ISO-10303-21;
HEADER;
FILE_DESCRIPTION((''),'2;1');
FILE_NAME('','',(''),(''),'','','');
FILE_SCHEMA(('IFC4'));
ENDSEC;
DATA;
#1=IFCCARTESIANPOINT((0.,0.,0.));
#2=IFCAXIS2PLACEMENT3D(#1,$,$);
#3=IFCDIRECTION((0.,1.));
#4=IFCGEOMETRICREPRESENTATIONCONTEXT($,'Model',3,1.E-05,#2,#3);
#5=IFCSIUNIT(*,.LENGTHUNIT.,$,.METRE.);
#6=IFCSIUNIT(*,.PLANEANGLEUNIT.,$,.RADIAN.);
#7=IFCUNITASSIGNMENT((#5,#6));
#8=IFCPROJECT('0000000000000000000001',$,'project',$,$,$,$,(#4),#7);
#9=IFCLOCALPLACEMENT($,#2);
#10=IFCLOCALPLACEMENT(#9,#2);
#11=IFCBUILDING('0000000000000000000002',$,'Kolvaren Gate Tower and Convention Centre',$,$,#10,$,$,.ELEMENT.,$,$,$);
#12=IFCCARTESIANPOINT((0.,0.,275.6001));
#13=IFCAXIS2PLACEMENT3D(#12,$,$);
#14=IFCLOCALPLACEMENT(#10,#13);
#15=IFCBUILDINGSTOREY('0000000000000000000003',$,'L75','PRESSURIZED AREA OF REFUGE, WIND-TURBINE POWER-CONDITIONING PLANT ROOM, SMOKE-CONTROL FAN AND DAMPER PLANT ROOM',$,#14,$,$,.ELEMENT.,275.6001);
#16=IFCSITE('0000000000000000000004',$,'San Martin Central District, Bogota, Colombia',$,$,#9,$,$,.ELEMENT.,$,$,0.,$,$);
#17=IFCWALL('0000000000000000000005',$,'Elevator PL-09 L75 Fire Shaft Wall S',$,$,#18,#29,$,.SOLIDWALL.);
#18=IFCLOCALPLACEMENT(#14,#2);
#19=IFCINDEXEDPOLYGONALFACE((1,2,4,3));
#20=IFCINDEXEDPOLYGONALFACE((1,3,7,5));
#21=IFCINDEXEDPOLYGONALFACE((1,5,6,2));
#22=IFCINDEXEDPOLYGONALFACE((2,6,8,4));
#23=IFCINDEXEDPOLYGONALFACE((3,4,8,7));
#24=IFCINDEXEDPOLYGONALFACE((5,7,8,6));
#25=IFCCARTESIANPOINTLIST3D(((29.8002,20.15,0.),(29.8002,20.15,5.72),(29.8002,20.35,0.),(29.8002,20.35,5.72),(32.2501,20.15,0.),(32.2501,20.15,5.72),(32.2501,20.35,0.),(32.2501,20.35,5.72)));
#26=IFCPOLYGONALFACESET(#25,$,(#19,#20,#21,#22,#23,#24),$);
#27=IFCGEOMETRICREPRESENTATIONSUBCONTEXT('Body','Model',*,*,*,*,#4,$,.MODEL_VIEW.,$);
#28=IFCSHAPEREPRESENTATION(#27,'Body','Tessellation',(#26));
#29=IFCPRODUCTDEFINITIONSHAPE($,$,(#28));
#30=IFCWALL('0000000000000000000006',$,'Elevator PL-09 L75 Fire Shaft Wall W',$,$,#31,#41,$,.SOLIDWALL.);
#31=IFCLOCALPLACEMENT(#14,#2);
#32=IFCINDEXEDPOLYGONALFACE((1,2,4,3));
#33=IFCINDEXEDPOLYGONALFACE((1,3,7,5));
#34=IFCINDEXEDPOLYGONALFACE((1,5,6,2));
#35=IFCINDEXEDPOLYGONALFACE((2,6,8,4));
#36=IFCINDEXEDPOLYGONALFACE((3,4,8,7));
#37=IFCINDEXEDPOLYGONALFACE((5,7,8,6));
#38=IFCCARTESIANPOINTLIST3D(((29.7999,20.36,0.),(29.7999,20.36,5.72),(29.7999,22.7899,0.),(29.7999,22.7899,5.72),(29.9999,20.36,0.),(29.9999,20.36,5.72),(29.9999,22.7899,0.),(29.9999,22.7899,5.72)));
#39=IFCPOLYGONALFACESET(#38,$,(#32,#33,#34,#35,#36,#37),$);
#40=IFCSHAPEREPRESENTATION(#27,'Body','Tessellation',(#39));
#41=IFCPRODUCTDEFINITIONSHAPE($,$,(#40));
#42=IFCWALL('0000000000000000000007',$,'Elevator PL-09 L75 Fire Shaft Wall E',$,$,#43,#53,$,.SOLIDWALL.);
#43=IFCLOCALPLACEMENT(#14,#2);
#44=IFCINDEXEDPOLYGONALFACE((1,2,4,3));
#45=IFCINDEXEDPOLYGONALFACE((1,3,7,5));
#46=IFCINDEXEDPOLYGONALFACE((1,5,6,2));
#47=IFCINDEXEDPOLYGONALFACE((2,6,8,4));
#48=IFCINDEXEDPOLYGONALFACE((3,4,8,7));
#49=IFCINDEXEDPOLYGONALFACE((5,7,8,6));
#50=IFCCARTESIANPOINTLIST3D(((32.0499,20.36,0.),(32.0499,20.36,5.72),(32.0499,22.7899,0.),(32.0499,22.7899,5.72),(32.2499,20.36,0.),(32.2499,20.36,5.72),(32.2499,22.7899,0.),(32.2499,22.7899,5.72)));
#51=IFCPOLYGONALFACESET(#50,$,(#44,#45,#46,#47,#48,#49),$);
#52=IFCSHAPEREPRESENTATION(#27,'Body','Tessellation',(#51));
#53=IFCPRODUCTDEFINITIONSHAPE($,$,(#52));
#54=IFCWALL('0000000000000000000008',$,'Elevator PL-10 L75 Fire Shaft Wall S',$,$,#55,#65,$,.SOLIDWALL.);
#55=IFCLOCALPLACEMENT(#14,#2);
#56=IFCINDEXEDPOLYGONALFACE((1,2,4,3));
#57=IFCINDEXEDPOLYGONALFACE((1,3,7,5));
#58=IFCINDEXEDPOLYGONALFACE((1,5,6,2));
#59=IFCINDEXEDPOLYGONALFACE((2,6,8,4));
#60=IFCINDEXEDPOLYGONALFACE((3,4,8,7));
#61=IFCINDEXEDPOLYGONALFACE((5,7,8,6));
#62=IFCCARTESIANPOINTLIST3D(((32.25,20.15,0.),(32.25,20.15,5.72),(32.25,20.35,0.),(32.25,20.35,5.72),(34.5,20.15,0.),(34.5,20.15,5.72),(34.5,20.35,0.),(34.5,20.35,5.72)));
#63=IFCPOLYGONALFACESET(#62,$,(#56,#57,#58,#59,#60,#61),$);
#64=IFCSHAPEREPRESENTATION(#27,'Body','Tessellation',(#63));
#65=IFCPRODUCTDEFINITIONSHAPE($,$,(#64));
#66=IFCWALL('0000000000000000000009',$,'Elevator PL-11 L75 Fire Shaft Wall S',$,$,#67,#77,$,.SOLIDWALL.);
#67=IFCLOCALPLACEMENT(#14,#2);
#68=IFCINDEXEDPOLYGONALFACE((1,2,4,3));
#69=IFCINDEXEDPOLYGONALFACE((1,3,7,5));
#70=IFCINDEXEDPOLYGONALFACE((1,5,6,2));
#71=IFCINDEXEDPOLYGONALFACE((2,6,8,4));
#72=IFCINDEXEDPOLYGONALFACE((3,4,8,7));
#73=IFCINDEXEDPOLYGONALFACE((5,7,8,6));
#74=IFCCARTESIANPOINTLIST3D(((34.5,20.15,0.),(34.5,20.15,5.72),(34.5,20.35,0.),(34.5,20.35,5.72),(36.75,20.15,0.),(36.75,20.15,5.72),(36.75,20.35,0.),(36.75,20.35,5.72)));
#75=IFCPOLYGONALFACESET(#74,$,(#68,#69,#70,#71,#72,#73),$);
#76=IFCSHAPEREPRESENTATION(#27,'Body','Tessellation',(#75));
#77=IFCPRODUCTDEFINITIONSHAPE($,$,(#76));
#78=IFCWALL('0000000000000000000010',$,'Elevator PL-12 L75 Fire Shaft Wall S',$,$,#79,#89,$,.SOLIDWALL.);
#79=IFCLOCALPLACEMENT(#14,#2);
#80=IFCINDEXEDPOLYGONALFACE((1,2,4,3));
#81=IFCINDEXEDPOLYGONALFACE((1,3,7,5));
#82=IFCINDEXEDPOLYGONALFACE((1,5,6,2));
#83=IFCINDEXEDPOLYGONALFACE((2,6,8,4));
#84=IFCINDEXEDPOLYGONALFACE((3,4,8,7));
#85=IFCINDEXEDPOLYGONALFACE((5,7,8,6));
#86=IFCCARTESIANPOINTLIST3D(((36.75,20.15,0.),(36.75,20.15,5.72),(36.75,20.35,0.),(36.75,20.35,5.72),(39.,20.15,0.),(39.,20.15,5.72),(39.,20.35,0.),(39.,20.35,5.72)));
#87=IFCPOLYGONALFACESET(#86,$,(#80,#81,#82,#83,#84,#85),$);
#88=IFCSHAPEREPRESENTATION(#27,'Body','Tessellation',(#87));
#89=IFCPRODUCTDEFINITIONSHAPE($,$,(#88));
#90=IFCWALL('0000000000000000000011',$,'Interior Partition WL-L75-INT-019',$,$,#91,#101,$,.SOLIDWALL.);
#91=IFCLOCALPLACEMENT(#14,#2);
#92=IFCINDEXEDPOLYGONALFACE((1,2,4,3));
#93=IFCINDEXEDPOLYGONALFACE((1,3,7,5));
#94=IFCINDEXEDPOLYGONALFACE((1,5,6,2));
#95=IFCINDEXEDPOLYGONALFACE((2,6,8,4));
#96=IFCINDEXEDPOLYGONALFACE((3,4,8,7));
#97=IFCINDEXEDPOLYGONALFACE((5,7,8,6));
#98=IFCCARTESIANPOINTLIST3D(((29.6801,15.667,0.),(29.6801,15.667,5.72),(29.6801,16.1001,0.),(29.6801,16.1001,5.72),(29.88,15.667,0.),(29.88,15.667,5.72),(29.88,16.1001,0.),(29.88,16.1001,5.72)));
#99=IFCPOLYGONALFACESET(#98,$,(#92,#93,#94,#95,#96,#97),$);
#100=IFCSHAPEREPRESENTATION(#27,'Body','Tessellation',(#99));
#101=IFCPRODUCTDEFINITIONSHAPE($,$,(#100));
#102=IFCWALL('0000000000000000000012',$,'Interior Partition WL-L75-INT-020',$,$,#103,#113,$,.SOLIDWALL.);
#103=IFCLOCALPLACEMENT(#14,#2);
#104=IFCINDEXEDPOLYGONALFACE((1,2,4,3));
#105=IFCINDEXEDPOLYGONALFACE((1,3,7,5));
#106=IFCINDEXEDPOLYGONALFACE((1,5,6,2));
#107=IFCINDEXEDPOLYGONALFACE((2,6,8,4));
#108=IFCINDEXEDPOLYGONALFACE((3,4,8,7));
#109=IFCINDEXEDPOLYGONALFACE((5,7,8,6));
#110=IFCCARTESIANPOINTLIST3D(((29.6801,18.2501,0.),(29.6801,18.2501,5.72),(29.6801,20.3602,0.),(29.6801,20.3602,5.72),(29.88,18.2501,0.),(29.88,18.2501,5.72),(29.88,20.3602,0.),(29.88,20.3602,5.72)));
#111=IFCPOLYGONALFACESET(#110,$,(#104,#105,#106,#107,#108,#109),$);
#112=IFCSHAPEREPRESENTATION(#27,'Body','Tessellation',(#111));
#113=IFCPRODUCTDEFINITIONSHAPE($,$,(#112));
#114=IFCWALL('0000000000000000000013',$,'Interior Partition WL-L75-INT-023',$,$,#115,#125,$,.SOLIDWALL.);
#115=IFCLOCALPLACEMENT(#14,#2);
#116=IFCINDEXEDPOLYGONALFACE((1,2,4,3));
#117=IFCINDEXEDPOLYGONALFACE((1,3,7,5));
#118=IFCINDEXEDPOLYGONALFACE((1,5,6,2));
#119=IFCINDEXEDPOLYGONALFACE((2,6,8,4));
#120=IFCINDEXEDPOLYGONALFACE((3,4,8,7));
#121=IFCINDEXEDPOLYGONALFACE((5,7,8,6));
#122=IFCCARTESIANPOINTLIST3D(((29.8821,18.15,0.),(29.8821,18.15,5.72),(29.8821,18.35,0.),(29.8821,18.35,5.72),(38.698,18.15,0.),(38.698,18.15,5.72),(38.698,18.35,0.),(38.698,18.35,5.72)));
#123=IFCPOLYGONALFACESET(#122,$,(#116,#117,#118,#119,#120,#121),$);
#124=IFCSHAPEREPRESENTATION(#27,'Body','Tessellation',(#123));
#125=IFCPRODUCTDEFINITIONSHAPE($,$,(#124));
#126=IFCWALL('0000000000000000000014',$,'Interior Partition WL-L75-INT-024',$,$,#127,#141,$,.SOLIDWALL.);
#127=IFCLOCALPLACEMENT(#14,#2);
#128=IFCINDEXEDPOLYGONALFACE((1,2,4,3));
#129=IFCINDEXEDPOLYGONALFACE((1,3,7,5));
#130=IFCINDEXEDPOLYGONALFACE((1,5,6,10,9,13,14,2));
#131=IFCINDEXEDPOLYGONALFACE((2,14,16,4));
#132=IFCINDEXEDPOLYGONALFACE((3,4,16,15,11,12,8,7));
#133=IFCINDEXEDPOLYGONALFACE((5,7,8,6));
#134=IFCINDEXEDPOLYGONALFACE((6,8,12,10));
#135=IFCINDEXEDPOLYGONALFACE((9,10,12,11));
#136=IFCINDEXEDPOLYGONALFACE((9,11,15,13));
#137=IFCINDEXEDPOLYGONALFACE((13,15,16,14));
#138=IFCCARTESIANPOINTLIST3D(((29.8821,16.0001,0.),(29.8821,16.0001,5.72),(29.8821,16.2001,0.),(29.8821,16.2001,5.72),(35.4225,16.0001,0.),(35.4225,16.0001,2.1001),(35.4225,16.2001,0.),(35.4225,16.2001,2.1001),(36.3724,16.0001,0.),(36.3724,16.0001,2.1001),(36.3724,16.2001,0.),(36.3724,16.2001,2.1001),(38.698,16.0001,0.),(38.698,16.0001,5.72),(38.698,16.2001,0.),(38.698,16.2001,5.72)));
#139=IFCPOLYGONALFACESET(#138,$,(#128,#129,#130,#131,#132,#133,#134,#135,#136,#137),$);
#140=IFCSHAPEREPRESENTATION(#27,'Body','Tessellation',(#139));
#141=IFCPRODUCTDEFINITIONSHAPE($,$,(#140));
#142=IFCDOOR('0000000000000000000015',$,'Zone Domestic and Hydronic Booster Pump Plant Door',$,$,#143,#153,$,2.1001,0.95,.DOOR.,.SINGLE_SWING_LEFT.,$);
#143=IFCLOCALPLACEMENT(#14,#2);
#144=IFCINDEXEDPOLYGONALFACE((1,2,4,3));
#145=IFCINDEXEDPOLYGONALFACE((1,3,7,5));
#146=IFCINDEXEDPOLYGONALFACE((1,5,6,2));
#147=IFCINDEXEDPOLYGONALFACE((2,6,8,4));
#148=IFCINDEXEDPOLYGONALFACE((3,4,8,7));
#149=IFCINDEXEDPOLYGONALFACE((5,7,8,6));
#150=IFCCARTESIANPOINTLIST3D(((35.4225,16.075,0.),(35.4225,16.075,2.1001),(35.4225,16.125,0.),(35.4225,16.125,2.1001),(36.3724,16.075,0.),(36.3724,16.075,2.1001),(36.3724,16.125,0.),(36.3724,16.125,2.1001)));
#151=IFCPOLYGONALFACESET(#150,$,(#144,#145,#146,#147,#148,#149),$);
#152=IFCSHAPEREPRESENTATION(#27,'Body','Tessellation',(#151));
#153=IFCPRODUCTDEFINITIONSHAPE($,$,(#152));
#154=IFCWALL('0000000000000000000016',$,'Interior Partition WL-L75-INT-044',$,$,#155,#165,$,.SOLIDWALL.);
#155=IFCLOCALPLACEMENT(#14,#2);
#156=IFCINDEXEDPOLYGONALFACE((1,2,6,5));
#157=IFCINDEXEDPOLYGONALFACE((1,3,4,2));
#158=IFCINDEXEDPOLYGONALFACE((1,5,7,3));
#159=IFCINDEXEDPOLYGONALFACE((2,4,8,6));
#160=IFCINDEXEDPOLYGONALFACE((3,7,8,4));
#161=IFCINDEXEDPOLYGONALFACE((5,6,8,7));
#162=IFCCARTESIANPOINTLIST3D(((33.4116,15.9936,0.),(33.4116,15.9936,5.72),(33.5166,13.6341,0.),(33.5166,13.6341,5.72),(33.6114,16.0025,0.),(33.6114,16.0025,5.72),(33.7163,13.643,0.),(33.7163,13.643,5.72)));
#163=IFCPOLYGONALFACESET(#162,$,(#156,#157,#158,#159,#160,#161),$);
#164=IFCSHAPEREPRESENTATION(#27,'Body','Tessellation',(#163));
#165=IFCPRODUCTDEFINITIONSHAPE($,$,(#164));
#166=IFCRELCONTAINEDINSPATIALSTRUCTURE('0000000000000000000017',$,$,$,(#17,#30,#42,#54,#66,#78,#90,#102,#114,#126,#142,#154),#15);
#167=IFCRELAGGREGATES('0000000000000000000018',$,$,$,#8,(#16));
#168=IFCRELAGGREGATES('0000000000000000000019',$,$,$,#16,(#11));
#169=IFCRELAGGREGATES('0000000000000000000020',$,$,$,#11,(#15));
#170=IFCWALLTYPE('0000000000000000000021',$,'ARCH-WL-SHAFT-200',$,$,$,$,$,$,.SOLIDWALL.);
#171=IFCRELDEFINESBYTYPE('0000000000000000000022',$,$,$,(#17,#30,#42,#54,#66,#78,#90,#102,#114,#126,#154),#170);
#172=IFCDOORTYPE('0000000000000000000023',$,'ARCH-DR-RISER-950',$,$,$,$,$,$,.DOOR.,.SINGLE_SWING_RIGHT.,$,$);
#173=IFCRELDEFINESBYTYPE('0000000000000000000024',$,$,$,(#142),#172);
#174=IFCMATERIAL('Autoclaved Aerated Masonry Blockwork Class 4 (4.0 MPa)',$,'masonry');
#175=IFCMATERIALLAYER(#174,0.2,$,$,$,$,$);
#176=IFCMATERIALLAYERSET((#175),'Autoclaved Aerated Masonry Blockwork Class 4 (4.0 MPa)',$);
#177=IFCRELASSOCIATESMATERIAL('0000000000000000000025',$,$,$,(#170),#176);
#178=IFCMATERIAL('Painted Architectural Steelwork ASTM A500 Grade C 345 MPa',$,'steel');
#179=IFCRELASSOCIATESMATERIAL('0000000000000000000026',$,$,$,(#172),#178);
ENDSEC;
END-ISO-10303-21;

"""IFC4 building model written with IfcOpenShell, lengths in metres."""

from ifc_helpers import new_model, si_unit, direction, frame, frame_2d, origin, place, context, subcontext, project, spatial, rectangle, extrude, material, layer, layer_set, type_object, element, fill, save


model = new_model("IFC4")

# Units and contexts
model_context = context("Model", 3, precision=1e-05, world=origin(), true_north=direction((0.0, 1.0)))
body_context = subcontext(model_context, "Body", "Model", "MODEL_VIEW")
ifc_project = project(units=[si_unit("LENGTHUNIT", "METRE"), si_unit("PLANEANGLEUNIT", "RADIAN")], contexts=[model_context])

# Site, building, storey
site_placement = place(None, origin())
site = spatial("IfcSite", under=ifc_project, at=site_placement, Name="San Martin Central District, Bogota, Colombia", CompositionType="ELEMENT", RefElevation=0.0)
building_placement = place(site_placement, origin())
building = spatial("IfcBuilding", under=site, at=building_placement, Name="Kolvaren Gate Tower and Convention Centre", CompositionType="ELEMENT")
storey_placement = place(building_placement, frame((0.0, 0.0, 275.6001)))
storey = spatial("IfcBuildingStorey", under=building, at=storey_placement, Name="L75", Description="PRESSURIZED AREA OF REFUGE, WIND-TURBINE POWER-CONDITIONING PLANT ROOM, SMOKE-CONTROL FAN AND DAMPER PLANT ROOM", CompositionType="ELEMENT", Elevation=275.6001)

# Walls
ifc_material_1 = material(Name="Autoclaved Aerated Masonry Blockwork Class 4 (4.0 MPa)", Category="masonry")
ifc_layer = layer(ifc_material_1, 0.2)
ifc_layer_set = layer_set([ifc_layer], Name="Autoclaved Aerated Masonry Blockwork Class 4 (4.0 MPa)")
wall_type = type_object("IfcWallType", Name="ARCH-WL-SHAFT-200", PredefinedType="SOLIDWALL", material=ifc_layer_set)
wall_1_placement = place(storey_placement, frame((29.8, 20.25, 0.0), z_axis=(0.0, 0.0, 1.0), x_axis=(1.0, 0.0, 0.0)))
element("IfcWall", 1, at=wall_1_placement, inside=storey, type_object=wall_type, Name="Elevator PL-09 L75 Fire Shaft Wall S", PredefinedType="SOLIDWALL", context=body_context, shape_type="SweptSolid", body=[
    extrude(rectangle(XDim=2.45, YDim=0.2, at=frame_2d((1.2251, 0.0))), origin(), (0.0, 0.0, 1.0), 5.72),
])
for number, where, z_axis, x_axis, name in (
    (2, (29.8999, 20.3601, 0.0), (0.0, 0.0, 1.0), (0.0, 1.0, 0.0), "Elevator PL-09 L75 Fire Shaft Wall W"),
    (3, (32.1499, 20.3601, 0.0), (0.0, 0.0, 1.0), (0.0, 1.0, 0.0), "Elevator PL-09 L75 Fire Shaft Wall E"),
):
    element("IfcWall", number, at=place(storey_placement, frame(where, z_axis=z_axis, x_axis=x_axis)), inside=storey, type_object=wall_type, Name=name, PredefinedType="SOLIDWALL", context=body_context, shape_type="SweptSolid", body=[
        extrude(rectangle(XDim=2.4299, YDim=0.2, at=frame_2d((1.2148, 0.0))), origin(), (0.0, 0.0, 1.0), 5.72),
    ])
for number, where, z_axis, x_axis, name in (
    (4, (32.25, 20.25, 0.0), (0.0, 0.0, 1.0), (1.0, 0.0, 0.0), "Elevator PL-10 L75 Fire Shaft Wall S"),
    (5, (34.5, 20.25, 0.0), (0.0, 0.0, 1.0), (1.0, 0.0, 0.0), "Elevator PL-11 L75 Fire Shaft Wall S"),
    (6, (36.75, 20.25, 0.0), (0.0, 0.0, 1.0), (1.0, 0.0, 0.0), "Elevator PL-12 L75 Fire Shaft Wall S"),
):
    element("IfcWall", number, at=place(storey_placement, frame(where, z_axis=z_axis, x_axis=x_axis)), inside=storey, type_object=wall_type, Name=name, PredefinedType="SOLIDWALL", context=body_context, shape_type="SweptSolid", body=[
        extrude(rectangle(XDim=2.25, YDim=0.2, at=frame_2d((1.125, 0.0))), origin(), (0.0, 0.0, 1.0), 5.72),
    ])
wall_2_placement = place(storey_placement, frame((29.78, 15.667, 0.0), z_axis=(0.0, 0.0, 1.0), x_axis=(0.0, 1.0, 0.0)))
element("IfcWall", 7, at=wall_2_placement, inside=storey, type_object=wall_type, Name="Interior Partition WL-L75-INT-019", PredefinedType="SOLIDWALL", context=body_context, shape_type="SweptSolid", body=[
    extrude(rectangle(XDim=0.4331, YDim=0.2, at=frame_2d((0.2166, 0.0))), origin(), (0.0, 0.0, 1.0), 5.72),
])
wall_3_placement = place(storey_placement, frame((29.78, 18.25, 0.0), z_axis=(0.0, 0.0, 1.0), x_axis=(0.0, 1.0, 0.0)))
element("IfcWall", 8, at=wall_3_placement, inside=storey, type_object=wall_type, Name="Interior Partition WL-L75-INT-020", PredefinedType="SOLIDWALL", context=body_context, shape_type="SweptSolid", body=[
    extrude(rectangle(XDim=2.1101, YDim=0.2, at=frame_2d((1.0552, 0.0))), origin(), (0.0, 0.0, 1.0), 5.72),
])
wall_4_placement = place(storey_placement, frame((29.8821, 18.25, 0.0), z_axis=(0.0, 0.0, 1.0), x_axis=(1.0, 0.0, 0.0)))
element("IfcWall", 9, at=wall_4_placement, inside=storey, type_object=wall_type, Name="Interior Partition WL-L75-INT-023", PredefinedType="SOLIDWALL", context=body_context, shape_type="SweptSolid", body=[
    extrude(rectangle(XDim=8.8159, YDim=0.2, at=frame_2d((4.408, 0.0))), origin(), (0.0, 0.0, 1.0), 5.72),
])

# Wall, opening, door
wall_5_placement = place(storey_placement, frame((29.8821, 16.1001, 0.0), z_axis=(0.0, 0.0, 1.0), x_axis=(1.0, 0.0, 0.0)))
wall_5 = element("IfcWall", 10, at=wall_5_placement, inside=storey, type_object=wall_type, Name="Interior Partition WL-L75-INT-024", PredefinedType="SOLIDWALL", context=body_context, shape_type="SweptSolid", body=[
    extrude(rectangle(XDim=8.8159, YDim=0.2, at=frame_2d((4.408, 0.0))), origin(), (0.0, 0.0, 1.0), 5.72),
])
opening_placement = place(wall_5_placement, frame((5.5403, 0.0, 0.0)))
opening = element("IfcOpeningElement", 11, at=opening_placement, cuts=wall_5, PredefinedType="OPENING", context=body_context, shape_type="SweptSolid", body=[
    extrude(rectangle(XDim=0.95, YDim=2.1001, at=frame_2d((0.4751, 1.05))), frame((0.0, 0.1099, 0.0), z_axis=(0.0, -1.0, 0.0), x_axis=(1.0, 0.0, 0.0)), (0.0, 0.0, 1.0), 0.22),
])
ifc_material_2 = material(Name="Painted Architectural Steelwork ASTM A500 Grade C 345 MPa", Category="steel")
door_type = type_object("IfcDoorType", Name="ARCH-DR-RISER-950", OperationType="SINGLE_SWING_RIGHT", PredefinedType="DOOR", material=ifc_material_2)
door_placement = place(opening_placement, origin())
door = element("IfcDoor", 12, at=door_placement, inside=storey, type_object=door_type, Name="Zone Domestic and Hydronic Booster Pump Plant Door", OperationType="SINGLE_SWING_LEFT", OverallHeight=2.1001, OverallWidth=0.95, PredefinedType="DOOR", context=body_context, shape_type="SweptSolid", body=[
    extrude(rectangle(XDim=0.95, YDim=2.1001, at=frame_2d((0.4751, 1.05))), frame((0.0, 0.0249, 0.0), z_axis=(0.0, -1.0, 0.0), x_axis=(1.0, 0.0, 0.0)), (0.0, 0.0, 1.0), 0.05),
])
fill(opening, door)

# Wall
wall_6_placement = place(storey_placement, frame((33.5115, 15.998, 0.0), z_axis=(0.0, 0.0, 1.0), x_axis=(0.044451, -0.999012, 0.0)))
element("IfcWall", 13, at=wall_6_placement, inside=storey, type_object=wall_type, Name="Interior Partition WL-L75-INT-044", PredefinedType="SOLIDWALL", context=body_context, shape_type="SweptSolid", body=[
    extrude(rectangle(XDim=2.3618, YDim=0.2, at=frame_2d((1.1809, 0.0))), origin(), (0.0, 0.0, 1.0), 5.72),
])

save(model, "model.ifc")
